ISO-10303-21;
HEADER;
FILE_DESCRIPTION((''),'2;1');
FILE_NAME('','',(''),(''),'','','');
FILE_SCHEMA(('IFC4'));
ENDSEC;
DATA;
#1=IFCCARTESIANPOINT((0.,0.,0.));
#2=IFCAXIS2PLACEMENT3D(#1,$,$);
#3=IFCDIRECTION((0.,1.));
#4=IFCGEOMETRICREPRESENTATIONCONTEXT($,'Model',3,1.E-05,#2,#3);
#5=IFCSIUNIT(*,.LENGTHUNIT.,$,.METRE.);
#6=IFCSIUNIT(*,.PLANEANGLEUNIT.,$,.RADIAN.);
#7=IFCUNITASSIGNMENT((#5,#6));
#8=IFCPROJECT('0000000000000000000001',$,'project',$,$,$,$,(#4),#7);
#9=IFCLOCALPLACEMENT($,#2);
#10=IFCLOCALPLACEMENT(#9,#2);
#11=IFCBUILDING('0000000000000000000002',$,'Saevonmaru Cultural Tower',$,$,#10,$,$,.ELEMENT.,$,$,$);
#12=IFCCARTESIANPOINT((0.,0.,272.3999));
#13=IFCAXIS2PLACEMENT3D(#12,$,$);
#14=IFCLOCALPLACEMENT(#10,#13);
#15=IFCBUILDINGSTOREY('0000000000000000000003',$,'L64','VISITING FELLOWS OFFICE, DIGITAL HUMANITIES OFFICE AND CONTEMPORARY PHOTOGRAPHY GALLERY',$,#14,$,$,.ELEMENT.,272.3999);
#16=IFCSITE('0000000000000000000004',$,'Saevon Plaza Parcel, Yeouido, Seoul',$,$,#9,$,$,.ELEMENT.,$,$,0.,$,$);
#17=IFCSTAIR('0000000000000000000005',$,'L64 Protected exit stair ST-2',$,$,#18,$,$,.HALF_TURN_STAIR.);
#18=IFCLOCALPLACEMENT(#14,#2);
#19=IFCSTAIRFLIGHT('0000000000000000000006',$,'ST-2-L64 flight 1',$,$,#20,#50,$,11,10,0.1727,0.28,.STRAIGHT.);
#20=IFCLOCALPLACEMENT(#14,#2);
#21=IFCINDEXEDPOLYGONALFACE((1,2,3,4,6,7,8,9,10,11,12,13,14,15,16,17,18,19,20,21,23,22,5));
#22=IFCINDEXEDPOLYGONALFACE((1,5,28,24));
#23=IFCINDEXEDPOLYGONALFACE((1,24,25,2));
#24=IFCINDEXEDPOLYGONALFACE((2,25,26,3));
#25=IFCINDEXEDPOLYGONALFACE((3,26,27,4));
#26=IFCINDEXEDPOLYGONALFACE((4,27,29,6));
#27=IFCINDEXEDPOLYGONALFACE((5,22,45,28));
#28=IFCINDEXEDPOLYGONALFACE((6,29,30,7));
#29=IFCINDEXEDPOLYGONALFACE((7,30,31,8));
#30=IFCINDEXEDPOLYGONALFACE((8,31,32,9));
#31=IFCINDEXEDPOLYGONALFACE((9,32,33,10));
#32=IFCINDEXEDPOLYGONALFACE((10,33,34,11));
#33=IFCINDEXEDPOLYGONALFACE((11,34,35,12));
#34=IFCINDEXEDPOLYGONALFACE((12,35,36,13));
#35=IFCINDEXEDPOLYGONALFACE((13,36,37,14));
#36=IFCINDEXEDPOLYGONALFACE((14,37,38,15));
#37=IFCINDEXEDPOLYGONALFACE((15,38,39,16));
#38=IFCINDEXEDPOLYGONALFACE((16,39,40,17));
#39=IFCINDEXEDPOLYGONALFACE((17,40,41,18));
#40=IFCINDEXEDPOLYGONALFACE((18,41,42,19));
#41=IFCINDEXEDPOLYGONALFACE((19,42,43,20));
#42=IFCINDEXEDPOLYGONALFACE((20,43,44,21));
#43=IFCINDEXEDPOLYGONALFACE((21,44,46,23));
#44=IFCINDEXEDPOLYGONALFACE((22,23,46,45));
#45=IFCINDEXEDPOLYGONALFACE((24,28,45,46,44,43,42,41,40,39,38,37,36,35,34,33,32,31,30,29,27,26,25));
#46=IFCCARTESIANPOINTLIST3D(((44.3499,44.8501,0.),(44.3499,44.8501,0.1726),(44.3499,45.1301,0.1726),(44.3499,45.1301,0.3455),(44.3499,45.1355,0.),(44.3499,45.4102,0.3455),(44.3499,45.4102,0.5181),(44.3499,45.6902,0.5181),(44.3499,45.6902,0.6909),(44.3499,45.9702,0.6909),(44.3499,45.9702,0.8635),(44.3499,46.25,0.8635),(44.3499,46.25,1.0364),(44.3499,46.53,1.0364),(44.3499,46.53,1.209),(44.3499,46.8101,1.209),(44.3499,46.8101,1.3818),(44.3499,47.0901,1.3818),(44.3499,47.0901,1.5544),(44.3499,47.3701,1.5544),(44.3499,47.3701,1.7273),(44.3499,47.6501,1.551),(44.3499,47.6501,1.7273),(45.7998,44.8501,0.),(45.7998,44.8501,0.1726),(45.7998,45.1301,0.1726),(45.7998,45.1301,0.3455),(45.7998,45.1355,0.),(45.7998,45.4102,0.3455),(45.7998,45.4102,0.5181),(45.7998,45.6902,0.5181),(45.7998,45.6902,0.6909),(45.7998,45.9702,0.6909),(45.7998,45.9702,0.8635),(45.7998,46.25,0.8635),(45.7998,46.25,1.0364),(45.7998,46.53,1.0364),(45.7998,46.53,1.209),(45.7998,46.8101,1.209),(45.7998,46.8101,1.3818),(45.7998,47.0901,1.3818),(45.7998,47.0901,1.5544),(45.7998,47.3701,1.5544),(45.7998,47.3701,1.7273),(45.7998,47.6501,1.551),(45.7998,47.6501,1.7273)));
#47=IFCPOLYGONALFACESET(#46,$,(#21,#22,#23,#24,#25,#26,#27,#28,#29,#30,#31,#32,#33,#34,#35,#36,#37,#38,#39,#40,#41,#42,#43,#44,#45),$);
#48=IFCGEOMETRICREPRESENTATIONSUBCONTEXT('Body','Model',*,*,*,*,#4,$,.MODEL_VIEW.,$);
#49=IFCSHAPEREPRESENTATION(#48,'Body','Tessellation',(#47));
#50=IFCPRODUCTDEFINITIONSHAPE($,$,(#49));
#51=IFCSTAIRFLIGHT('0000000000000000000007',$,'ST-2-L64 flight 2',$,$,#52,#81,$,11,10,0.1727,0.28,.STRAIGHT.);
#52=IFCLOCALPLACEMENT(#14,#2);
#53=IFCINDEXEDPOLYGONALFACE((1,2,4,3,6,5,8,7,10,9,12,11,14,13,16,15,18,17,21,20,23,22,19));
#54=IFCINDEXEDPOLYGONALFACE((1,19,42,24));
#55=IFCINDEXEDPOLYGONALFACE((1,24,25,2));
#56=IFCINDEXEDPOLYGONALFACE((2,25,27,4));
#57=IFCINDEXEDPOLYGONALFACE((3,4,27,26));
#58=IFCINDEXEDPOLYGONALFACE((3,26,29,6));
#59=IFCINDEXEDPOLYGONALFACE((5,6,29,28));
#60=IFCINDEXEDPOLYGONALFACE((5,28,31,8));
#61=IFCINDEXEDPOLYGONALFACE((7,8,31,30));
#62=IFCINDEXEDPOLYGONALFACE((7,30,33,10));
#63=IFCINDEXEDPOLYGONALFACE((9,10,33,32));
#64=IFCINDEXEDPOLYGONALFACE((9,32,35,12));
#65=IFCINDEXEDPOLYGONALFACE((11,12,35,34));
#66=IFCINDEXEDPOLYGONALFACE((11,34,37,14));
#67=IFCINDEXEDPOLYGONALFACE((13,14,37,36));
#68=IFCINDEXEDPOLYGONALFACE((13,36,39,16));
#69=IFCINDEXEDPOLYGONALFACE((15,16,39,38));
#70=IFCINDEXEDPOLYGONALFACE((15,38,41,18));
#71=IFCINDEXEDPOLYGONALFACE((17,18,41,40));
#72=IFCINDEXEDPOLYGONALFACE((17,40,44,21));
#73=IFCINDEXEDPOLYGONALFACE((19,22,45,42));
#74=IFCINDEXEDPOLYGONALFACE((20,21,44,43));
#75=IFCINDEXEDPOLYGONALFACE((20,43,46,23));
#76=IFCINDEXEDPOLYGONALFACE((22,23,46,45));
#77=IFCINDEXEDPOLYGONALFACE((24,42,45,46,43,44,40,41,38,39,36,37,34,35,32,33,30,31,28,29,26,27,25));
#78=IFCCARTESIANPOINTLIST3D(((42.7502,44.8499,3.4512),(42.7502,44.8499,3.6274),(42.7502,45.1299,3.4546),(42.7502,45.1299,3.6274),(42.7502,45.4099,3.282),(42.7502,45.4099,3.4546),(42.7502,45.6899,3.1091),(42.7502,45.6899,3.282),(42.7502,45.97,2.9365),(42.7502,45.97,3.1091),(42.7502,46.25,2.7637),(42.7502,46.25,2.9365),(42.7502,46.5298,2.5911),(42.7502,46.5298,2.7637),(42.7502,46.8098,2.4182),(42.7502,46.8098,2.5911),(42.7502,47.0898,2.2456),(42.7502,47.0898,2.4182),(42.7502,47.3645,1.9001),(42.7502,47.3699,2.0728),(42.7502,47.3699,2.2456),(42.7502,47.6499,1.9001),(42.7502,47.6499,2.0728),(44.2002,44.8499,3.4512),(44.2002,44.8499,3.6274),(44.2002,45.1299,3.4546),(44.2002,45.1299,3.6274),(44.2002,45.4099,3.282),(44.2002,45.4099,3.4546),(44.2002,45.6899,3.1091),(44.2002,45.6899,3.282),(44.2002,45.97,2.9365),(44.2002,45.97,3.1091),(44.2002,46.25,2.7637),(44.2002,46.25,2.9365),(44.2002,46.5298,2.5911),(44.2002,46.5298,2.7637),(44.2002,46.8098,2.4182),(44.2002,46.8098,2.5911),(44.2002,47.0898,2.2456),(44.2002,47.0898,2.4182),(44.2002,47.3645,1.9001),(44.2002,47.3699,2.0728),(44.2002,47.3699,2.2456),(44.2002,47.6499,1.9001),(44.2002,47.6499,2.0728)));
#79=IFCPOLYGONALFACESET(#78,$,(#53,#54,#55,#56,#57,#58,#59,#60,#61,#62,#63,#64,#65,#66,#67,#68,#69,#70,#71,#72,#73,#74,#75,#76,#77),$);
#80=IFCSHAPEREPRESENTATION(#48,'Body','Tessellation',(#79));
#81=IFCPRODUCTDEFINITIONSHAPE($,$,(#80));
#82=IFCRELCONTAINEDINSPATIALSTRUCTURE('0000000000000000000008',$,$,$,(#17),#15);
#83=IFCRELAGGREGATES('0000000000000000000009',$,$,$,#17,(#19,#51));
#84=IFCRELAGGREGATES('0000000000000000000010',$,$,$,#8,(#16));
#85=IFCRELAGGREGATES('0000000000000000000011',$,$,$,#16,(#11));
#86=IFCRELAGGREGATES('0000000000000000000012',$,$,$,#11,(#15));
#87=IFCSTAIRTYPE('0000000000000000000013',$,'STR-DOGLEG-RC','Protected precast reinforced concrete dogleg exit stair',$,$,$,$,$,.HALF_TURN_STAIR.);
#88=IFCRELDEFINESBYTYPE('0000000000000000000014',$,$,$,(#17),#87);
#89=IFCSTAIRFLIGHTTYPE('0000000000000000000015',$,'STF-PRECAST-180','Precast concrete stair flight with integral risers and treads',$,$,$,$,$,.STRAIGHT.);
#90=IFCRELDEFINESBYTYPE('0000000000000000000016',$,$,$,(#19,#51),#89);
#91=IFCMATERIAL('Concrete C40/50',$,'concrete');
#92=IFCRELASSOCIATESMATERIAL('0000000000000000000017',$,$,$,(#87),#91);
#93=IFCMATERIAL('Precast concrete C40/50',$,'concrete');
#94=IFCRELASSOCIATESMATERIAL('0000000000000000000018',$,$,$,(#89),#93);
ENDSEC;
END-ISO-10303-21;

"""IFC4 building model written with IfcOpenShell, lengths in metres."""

from ifc_helpers import new_model, si_unit, direction, frame, origin, place, context, subcontext, project, spatial, polyline, outline, extrude, material, type_object, element, aggregate, save


model = new_model("IFC4")

# Units and contexts
model_context = context("Model", 3, precision=1e-05, world=origin(), true_north=direction((0.0, 1.0)))
body_context = subcontext(model_context, "Body", "Model", "MODEL_VIEW")
ifc_project = project(units=[si_unit("LENGTHUNIT", "METRE"), si_unit("PLANEANGLEUNIT", "RADIAN")], contexts=[model_context])

# Site, building, storey
site_placement = place(None, origin())
site = spatial("IfcSite", under=ifc_project, at=site_placement, Name="Saevon Plaza Parcel, Yeouido, Seoul", CompositionType="ELEMENT", RefElevation=0.0)
building_placement = place(site_placement, origin())
building = spatial("IfcBuilding", under=site, at=building_placement, Name="Saevonmaru Cultural Tower", CompositionType="ELEMENT")
storey_placement = place(building_placement, frame((0.0, 0.0, 272.3999)))
storey = spatial("IfcBuildingStorey", under=building, at=storey_placement, Name="L64", Description="VISITING FELLOWS OFFICE, DIGITAL HUMANITIES OFFICE AND CONTEMPORARY PHOTOGRAPHY GALLERY", CompositionType="ELEMENT", Elevation=272.3999)

# Shared definitions
ifc_material_1 = material(Name="Concrete C40/50", Category="concrete")

# Stair, stair flights
stair_type = type_object("IfcStairType", Name="STR-DOGLEG-RC", Description="Protected precast reinforced concrete dogleg exit stair", PredefinedType="HALF_TURN_STAIR", material=ifc_material_1)
stair_placement = place(storey_placement, origin())
stair = element("IfcStair", 1, at=stair_placement, inside=storey, type_object=stair_type, Name="L64 Protected exit stair ST-2", PredefinedType="HALF_TURN_STAIR")
ifc_material_2 = material(Name="Precast concrete C40/50", Category="concrete")
stair_flight_type = type_object("IfcStairFlightType", Name="STF-PRECAST-180", Description="Precast concrete stair flight with integral risers and treads", PredefinedType="STRAIGHT", material=ifc_material_2)
stair_flight_1_placement = place(storey_placement, frame((45.075, 44.8501, 0.0), z_axis=(0.0, 0.0, 1.0), x_axis=(0.0, 1.0, 0.0)))
stair_flight_1 = element("IfcStairFlight", 2, at=stair_flight_1_placement, type_object=stair_flight_type, Name="ST-2-L64 flight 1", NumberOfRisers=11, NumberOfTreads=10, PredefinedType="STRAIGHT", RiserHeight=0.1727, TreadLength=0.28, context=body_context, shape_type="SweptSolid", body=[
    extrude(outline(polyline([(0.0, 0.0), (0.0, 0.1726), (0.28, 0.1726), (0.28, 0.3455), (0.5601, 0.3455), (0.5601, 0.5181), (0.8401, 0.5181), (0.8401, 0.6909), (1.1201, 0.6909), (1.1201, 0.8635), (1.3999, 0.8635), (1.3999, 1.0364), (1.6799, 1.0364), (1.6799, 1.209), (1.96, 1.209), (1.96, 1.3818), (2.24, 1.3818), (2.24, 1.5544), (2.52, 1.5544), (2.52, 1.7273), (2.8, 1.7273), (2.8, 1.8999), (2.8, 1.551), (0.2854, 0.0), (0.0, 0.0)])), frame((0.0, 0.7251, 0.0), z_axis=(0.0, -1.0, 0.0), x_axis=(1.0, 0.0, 0.0)), (0.0, 0.0, 1.0), 1.45),
])
stair_flight_2_placement = place(storey_placement, frame((43.4751, 47.6499, 1.9001), z_axis=(0.0, 0.0, 1.0), x_axis=(0.0, -1.0, 0.0)))
stair_flight_2 = element("IfcStairFlight", 3, at=stair_flight_2_placement, type_object=stair_flight_type, Name="ST-2-L64 flight 2", NumberOfRisers=11, NumberOfTreads=10, PredefinedType="STRAIGHT", RiserHeight=0.1727, TreadLength=0.28, context=body_context, shape_type="SweptSolid", body=[
    extrude(outline(polyline([(0.0, 0.0), (0.0, 0.1726), (0.28, 0.1726), (0.28, 0.3455), (0.5601, 0.3455), (0.5601, 0.5181), (0.8401, 0.5181), (0.8401, 0.6909), (1.1201, 0.6909), (1.1201, 0.8635), (1.3999, 0.8635), (1.3999, 1.0364), (1.6799, 1.0364), (1.6799, 1.209), (1.96, 1.209), (1.96, 1.3818), (2.24, 1.3818), (2.24, 1.5544), (2.52, 1.5544), (2.52, 1.7273), (2.8, 1.7273), (2.8, 1.8999), (2.8, 1.551), (0.2854, 0.0), (0.0, 0.0)])), frame((0.0, 0.7251, 0.0), z_axis=(0.0, -1.0, 0.0), x_axis=(1.0, 0.0, 0.0)), (0.0, 0.0, 1.0), 1.45),
])
aggregate(stair, [stair_flight_1, stair_flight_2])

save(model, "model.ifc")
